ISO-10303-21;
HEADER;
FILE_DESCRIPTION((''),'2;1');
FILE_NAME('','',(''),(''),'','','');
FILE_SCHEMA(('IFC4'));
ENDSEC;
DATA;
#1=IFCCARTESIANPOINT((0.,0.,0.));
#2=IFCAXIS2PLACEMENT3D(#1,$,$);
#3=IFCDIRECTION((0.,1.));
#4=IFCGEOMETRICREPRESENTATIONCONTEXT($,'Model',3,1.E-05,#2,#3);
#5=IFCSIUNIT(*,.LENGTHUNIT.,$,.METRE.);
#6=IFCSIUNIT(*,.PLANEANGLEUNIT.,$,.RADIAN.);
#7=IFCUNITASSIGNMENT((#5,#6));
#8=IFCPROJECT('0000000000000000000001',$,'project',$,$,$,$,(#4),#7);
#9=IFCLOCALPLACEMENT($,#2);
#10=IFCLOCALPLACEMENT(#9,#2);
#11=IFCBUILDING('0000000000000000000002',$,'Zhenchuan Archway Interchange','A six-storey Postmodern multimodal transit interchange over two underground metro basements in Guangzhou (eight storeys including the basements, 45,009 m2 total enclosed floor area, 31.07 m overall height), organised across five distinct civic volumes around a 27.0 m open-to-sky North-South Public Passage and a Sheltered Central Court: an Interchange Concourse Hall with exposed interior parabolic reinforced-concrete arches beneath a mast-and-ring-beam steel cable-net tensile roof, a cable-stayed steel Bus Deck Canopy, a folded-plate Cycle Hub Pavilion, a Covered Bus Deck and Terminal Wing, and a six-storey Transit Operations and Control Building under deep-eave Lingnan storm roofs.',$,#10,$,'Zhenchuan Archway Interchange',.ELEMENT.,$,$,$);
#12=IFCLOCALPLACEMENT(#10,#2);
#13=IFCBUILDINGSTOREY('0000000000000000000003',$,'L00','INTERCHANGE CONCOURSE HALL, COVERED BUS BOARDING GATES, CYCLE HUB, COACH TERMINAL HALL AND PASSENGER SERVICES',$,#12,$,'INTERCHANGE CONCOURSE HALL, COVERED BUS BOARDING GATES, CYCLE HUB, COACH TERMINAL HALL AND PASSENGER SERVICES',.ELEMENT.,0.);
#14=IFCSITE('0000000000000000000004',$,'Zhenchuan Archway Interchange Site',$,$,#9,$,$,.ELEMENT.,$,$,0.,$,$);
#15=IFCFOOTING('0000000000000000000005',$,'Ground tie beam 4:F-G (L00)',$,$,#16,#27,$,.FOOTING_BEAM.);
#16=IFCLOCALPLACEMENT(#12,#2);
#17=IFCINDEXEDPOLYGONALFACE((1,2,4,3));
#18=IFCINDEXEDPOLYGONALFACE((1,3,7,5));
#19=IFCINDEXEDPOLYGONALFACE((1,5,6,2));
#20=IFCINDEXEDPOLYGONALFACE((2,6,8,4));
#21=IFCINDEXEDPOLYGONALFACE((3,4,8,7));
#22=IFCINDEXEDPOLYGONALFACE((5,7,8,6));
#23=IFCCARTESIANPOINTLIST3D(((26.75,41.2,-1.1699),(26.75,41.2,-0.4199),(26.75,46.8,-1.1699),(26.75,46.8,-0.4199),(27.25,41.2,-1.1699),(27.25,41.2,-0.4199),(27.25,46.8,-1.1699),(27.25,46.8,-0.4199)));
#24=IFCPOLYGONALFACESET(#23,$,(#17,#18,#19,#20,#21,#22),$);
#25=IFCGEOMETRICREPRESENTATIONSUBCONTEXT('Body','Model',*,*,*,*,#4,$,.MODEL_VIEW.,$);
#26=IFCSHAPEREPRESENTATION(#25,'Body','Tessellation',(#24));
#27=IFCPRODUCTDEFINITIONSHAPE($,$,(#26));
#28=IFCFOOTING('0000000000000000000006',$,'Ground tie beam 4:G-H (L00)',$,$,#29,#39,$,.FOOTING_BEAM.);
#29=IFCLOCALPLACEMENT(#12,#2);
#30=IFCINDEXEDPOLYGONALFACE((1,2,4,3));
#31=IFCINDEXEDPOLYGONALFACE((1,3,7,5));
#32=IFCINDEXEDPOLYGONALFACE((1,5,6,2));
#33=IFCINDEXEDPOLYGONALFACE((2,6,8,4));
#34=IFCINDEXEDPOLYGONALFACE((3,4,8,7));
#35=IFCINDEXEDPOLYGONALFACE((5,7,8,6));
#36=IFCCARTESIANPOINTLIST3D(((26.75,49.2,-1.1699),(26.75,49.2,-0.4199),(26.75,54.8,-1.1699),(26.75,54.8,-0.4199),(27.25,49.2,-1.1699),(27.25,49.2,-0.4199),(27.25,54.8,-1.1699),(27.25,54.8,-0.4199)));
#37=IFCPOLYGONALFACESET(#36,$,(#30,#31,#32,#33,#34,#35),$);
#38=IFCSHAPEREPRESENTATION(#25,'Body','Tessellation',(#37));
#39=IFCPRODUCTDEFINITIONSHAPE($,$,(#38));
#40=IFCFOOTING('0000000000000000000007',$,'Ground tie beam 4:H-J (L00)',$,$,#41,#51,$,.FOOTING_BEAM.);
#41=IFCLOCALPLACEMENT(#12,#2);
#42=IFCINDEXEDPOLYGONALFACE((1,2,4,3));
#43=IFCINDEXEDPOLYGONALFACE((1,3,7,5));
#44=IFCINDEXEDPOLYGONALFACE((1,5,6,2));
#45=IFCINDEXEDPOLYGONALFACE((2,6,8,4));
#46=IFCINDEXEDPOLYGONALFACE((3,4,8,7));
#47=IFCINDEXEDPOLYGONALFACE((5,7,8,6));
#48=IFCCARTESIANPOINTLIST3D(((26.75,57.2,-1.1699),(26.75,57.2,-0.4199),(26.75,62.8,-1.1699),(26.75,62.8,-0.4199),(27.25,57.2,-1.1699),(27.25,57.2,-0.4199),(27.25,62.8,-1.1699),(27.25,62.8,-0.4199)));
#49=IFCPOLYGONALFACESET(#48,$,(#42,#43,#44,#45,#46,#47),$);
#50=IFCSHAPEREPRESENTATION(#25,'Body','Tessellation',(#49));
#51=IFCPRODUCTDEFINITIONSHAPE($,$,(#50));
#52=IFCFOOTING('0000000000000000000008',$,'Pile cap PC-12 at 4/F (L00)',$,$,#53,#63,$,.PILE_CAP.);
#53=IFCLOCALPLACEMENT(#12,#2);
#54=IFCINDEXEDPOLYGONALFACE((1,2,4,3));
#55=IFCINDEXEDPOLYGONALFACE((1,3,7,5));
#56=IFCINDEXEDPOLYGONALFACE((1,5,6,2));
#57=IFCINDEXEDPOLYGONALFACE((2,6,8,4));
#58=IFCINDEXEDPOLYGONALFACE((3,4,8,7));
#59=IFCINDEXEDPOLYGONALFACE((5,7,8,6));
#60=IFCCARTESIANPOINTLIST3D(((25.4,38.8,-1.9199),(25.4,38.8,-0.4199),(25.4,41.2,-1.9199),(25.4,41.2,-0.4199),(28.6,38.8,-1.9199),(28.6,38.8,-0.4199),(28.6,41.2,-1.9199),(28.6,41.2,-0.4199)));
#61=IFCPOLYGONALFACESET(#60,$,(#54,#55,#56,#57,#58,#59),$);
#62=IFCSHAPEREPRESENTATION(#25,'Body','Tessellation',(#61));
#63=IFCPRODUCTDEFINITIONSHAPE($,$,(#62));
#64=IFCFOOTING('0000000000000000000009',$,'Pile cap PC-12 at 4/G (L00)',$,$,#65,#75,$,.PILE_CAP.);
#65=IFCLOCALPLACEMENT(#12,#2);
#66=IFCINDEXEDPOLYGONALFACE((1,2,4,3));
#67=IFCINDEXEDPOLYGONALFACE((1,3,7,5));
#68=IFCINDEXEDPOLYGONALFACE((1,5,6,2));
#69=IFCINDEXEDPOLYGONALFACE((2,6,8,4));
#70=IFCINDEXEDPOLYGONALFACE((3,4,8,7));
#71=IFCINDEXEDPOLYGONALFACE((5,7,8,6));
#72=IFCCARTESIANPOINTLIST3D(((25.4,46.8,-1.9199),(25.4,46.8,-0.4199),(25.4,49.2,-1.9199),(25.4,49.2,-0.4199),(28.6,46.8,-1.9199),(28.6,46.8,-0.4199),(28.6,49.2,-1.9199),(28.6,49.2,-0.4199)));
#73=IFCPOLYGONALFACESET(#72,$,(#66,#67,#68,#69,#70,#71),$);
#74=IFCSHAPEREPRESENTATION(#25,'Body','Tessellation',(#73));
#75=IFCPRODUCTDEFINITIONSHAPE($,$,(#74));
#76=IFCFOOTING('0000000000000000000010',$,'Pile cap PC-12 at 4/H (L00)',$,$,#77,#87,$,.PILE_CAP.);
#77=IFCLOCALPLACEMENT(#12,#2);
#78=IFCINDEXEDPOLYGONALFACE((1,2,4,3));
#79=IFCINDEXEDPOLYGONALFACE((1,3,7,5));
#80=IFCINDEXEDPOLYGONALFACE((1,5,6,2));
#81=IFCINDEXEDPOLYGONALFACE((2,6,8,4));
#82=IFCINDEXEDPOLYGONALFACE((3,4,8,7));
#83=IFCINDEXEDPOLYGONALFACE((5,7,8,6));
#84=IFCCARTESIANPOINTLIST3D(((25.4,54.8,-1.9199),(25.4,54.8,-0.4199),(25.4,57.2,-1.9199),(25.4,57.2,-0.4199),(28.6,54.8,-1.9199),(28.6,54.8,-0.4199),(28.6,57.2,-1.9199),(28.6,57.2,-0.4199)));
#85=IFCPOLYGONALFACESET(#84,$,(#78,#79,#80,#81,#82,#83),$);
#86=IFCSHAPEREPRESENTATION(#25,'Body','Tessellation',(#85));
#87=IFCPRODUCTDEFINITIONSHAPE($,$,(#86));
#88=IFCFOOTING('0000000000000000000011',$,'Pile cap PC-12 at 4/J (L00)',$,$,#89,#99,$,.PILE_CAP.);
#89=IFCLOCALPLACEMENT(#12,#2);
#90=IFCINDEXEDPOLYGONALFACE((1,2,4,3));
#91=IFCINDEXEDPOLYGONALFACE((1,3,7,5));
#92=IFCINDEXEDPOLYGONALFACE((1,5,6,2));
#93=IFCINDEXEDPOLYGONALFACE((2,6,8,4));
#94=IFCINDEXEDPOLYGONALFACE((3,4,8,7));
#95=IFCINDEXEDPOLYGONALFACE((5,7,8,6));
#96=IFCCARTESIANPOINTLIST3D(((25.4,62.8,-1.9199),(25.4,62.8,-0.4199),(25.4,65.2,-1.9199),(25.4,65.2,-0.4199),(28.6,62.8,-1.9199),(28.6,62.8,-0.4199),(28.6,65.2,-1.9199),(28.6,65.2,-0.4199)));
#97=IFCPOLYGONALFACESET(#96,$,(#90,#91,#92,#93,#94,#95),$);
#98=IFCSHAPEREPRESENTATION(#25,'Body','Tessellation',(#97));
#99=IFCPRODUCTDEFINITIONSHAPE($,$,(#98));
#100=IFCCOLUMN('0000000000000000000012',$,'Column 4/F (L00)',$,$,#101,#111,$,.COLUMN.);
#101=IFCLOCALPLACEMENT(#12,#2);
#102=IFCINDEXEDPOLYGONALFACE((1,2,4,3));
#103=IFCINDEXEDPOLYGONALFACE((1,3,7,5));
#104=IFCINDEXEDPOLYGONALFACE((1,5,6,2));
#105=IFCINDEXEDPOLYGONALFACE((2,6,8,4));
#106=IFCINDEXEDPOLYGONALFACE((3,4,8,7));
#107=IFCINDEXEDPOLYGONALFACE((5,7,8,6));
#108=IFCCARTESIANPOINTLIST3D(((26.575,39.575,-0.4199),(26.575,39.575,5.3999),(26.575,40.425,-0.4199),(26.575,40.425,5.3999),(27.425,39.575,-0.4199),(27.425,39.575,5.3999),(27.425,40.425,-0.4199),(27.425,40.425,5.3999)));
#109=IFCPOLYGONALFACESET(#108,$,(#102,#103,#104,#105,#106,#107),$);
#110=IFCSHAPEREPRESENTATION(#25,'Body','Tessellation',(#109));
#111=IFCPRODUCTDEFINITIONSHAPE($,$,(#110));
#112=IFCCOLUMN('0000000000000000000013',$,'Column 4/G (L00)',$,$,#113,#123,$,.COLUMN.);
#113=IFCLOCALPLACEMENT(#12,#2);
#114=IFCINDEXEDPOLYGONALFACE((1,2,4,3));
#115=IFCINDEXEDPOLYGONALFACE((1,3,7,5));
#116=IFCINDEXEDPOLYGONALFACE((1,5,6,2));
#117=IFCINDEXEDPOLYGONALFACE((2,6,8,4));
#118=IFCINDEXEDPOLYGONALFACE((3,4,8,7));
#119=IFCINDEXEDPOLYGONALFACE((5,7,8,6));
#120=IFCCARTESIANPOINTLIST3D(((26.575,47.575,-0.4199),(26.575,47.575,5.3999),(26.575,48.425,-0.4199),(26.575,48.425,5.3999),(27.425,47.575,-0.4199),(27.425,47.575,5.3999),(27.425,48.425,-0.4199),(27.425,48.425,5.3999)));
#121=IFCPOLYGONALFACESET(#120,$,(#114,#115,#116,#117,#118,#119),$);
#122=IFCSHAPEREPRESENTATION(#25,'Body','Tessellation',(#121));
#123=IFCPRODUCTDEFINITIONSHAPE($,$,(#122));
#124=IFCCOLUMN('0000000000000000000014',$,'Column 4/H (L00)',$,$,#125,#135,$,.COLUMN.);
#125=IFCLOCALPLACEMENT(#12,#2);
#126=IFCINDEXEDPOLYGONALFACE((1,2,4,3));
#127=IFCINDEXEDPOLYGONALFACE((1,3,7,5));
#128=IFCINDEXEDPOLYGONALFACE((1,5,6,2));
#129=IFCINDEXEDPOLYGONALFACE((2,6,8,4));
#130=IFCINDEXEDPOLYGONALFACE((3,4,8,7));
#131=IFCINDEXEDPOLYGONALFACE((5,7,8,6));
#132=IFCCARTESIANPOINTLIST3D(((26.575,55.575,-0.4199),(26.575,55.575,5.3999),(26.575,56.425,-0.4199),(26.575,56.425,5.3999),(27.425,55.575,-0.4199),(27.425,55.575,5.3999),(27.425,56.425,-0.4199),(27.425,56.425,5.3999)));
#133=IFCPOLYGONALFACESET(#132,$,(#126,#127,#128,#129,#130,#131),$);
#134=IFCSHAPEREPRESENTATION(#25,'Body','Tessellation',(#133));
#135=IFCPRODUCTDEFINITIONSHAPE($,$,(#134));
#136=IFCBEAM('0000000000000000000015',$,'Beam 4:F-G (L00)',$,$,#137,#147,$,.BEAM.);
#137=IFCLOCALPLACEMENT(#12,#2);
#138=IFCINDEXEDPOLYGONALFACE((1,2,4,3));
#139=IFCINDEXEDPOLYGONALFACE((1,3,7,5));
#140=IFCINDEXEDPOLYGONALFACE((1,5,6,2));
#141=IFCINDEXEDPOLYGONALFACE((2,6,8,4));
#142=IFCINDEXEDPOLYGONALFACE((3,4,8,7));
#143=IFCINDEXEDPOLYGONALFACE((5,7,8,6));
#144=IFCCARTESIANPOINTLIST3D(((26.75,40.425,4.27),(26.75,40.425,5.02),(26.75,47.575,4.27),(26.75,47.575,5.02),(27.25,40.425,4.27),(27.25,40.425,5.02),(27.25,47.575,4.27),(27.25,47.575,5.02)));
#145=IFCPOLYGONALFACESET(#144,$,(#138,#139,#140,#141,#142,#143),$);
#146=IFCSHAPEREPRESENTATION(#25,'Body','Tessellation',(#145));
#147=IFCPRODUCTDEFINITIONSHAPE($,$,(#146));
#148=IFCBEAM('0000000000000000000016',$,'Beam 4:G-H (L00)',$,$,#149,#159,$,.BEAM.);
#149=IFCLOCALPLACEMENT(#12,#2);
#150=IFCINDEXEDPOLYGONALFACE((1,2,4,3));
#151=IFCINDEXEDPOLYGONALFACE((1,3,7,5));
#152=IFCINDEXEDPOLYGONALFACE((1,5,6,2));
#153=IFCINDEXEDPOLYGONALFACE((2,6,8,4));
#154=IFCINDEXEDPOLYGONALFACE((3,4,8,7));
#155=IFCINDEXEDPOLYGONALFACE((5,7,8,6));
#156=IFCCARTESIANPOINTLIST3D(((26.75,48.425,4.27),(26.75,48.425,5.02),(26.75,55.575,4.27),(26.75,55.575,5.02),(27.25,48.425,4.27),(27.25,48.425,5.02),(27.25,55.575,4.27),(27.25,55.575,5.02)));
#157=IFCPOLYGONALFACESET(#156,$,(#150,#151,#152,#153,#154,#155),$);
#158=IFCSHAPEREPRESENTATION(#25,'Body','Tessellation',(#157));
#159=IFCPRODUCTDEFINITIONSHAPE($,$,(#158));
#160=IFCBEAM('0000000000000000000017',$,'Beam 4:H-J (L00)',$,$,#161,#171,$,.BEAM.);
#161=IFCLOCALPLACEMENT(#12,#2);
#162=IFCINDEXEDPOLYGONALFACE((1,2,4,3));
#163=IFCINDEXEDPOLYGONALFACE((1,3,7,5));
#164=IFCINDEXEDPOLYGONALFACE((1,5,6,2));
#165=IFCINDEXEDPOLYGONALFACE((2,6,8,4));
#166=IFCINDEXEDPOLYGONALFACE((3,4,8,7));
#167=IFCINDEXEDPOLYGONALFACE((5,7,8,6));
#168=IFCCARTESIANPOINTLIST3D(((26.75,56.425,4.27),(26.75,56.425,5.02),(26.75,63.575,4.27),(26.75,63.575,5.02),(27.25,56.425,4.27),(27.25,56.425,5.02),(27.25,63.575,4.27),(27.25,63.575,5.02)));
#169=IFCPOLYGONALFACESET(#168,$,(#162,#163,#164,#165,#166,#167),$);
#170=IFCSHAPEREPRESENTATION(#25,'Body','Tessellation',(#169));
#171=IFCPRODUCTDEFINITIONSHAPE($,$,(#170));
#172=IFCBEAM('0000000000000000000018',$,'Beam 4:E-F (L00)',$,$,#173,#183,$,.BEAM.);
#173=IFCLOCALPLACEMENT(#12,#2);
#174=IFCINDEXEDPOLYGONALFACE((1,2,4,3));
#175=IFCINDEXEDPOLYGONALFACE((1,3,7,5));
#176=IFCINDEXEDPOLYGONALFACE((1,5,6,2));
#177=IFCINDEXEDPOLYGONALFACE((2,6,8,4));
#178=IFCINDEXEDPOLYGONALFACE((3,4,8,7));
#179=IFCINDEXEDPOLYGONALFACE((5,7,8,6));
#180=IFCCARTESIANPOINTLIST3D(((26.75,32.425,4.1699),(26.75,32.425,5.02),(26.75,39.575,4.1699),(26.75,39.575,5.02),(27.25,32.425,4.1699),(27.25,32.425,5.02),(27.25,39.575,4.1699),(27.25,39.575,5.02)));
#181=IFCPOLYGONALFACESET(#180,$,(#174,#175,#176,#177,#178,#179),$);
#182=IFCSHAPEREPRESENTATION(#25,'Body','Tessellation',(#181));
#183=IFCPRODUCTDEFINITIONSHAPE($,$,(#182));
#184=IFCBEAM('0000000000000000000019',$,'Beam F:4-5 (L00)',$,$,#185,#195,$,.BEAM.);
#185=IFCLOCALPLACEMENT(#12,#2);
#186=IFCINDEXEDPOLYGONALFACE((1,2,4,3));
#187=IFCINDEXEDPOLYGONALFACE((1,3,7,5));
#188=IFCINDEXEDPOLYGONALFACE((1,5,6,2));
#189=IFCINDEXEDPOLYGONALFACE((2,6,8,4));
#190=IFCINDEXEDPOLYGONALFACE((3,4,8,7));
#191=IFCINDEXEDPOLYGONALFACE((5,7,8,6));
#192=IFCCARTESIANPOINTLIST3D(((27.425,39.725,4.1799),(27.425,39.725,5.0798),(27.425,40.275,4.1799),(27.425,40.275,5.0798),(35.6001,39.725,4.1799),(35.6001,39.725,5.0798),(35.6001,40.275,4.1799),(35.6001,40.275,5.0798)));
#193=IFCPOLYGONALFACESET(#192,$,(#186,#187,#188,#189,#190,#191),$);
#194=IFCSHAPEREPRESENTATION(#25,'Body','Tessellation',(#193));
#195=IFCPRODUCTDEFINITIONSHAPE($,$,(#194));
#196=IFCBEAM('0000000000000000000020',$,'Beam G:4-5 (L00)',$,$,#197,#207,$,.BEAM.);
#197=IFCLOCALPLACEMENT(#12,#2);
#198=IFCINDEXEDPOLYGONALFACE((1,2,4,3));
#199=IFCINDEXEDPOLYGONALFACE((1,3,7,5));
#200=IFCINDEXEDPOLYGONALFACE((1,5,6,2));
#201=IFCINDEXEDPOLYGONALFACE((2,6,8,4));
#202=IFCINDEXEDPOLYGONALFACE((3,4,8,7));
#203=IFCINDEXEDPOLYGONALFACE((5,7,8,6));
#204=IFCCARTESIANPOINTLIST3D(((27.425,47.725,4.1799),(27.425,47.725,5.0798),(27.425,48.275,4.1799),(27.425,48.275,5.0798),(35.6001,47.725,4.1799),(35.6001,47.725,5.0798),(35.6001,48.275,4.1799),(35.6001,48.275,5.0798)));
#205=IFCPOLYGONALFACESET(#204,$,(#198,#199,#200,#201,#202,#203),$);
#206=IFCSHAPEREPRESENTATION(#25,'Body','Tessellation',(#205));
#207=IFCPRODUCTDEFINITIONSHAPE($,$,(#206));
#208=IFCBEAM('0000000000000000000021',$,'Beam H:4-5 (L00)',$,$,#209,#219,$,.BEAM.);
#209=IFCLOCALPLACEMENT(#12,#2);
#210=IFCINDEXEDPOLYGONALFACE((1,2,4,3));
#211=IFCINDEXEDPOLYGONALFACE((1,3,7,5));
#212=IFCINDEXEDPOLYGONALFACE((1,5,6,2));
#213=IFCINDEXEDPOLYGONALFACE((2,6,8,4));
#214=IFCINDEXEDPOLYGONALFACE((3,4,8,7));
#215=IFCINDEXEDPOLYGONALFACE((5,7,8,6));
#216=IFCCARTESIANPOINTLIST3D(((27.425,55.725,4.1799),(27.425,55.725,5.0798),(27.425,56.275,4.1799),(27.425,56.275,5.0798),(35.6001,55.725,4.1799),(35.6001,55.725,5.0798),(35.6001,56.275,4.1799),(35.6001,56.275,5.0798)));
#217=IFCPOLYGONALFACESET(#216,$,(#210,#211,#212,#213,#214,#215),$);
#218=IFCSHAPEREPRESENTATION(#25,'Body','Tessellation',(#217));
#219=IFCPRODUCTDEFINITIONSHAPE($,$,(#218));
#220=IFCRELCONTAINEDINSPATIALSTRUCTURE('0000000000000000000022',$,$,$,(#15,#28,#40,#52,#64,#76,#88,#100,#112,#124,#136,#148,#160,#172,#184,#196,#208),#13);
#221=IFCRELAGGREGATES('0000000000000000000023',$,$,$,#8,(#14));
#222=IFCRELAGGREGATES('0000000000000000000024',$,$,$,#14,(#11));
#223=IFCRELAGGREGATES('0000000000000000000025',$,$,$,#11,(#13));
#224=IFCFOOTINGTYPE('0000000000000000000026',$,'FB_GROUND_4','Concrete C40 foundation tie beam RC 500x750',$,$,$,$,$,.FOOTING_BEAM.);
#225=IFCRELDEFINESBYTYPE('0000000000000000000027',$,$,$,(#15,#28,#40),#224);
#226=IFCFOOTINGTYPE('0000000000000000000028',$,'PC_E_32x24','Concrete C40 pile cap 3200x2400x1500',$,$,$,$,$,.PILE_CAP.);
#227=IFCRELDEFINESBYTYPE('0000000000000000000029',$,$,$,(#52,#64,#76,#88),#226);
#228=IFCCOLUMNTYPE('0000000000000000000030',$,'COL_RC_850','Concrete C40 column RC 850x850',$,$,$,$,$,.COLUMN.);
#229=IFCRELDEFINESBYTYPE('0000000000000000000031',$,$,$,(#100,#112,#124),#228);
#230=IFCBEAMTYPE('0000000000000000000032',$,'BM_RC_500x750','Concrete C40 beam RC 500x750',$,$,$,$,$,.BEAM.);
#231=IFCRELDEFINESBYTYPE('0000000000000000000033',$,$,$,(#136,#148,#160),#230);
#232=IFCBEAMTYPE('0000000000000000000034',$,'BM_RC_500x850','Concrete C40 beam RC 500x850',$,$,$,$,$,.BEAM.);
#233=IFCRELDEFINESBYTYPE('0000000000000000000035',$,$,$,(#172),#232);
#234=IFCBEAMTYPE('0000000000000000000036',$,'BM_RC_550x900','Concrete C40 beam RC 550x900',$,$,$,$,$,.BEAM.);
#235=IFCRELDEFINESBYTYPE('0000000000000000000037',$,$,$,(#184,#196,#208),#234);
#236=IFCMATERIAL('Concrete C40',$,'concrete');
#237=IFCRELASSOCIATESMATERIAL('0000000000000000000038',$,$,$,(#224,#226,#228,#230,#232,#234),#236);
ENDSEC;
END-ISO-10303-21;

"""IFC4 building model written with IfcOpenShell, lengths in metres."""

from ifc_helpers import new_model, si_unit, direction, frame, origin, origin_2d, place, context, subcontext, project, spatial, rectangle, extrude, material, material_profile, profile_set, type_object, element, save


model = new_model("IFC4")

# Units and contexts
model_context = context("Model", 3, precision=1e-05, world=origin(), true_north=direction((0.0, 1.0)))
body_context = subcontext(model_context, "Body", "Model", "MODEL_VIEW")
ifc_project = project(units=[si_unit("LENGTHUNIT", "METRE"), si_unit("PLANEANGLEUNIT", "RADIAN")], contexts=[model_context])

# Site, building, storey
site_placement = place(None, origin())
site = spatial("IfcSite", under=ifc_project, at=site_placement, Name="Zhenchuan Archway Interchange Site", CompositionType="ELEMENT", RefElevation=0.0)
building_placement = place(site_placement, origin())
building = spatial("IfcBuilding", under=site, at=building_placement, Name="Zhenchuan Archway Interchange", Description="A six-storey Postmodern multimodal transit interchange over two underground metro basements in Guangzhou (eight storeys including the basements, 45,009 m2 total enclosed floor area, 31.07 m overall height), organised across five distinct civic volumes around a 27.0 m open-to-sky North-South Public Passage and a Sheltered Central Court: an Interchange Concourse Hall with exposed interior parabolic reinforced-concrete arches beneath a mast-and-ring-beam steel cable-net tensile roof, a cable-stayed steel Bus Deck Canopy, a folded-plate Cycle Hub Pavilion, a Covered Bus Deck and Terminal Wing, and a six-storey Transit Operations and Control Building under deep-eave Lingnan storm roofs.", LongName="Zhenchuan Archway Interchange", CompositionType="ELEMENT")
storey_placement = place(building_placement, origin())
storey = spatial("IfcBuildingStorey", under=building, at=storey_placement, Name="L00", Description="INTERCHANGE CONCOURSE HALL, COVERED BUS BOARDING GATES, CYCLE HUB, COACH TERMINAL HALL AND PASSENGER SERVICES", LongName="INTERCHANGE CONCOURSE HALL, COVERED BUS BOARDING GATES, CYCLE HUB, COACH TERMINAL HALL AND PASSENGER SERVICES", CompositionType="ELEMENT", Elevation=0.0)

# Footings
ifc_material_1 = material(Name="Concrete C40", Category="concrete")
ifc_material_profile_1 = material_profile(ifc_material_1, rectangle(XDim=0.5, YDim=0.75, at=origin_2d()), Name="RC 500x750")
ifc_profile_set_1 = profile_set([ifc_material_profile_1], Name="Concrete C40")
footing_type_1 = type_object("IfcFootingType", Name="FB_GROUND_4", Description="Concrete C40 foundation tie beam RC 500x750", PredefinedType="FOOTING_BEAM", material=ifc_profile_set_1)
for number, where, z_axis, x_axis, name in (
    (1, (27.0, 41.2, -0.7949), (0.0, 1.0, 0.0), (-1.0, 0.0, 0.0), "Ground tie beam 4:F-G (L00)"),
    (2, (27.0, 49.2, -0.7949), (0.0, 1.0, 0.0), (-1.0, 0.0, 0.0), "Ground tie beam 4:G-H (L00)"),
    (3, (27.0, 57.2, -0.7949), (0.0, 1.0, 0.0), (-1.0, 0.0, 0.0), "Ground tie beam 4:H-J (L00)"),
):
    element("IfcFooting", number, at=place(storey_placement, frame(where, z_axis=z_axis, x_axis=x_axis)), inside=storey, type_object=footing_type_1, Name=name, PredefinedType="FOOTING_BEAM", context=body_context, shape_type="SweptSolid", body=[
        extrude(rectangle(XDim=0.5, YDim=0.75, at=origin_2d()), origin(), (0.0, 0.0, 1.0), 5.6001),
    ])
footing_type_2 = type_object("IfcFootingType", Name="PC_E_32x24", Description="Concrete C40 pile cap 3200x2400x1500", PredefinedType="PILE_CAP", material=ifc_material_1)
for number, where, z_axis, x_axis, name in (
    (4, (27.0, 40.0, -1.9199), (0.0, 0.0, 1.0), (1.0, 0.0, 0.0), "Pile cap PC-12 at 4/F (L00)"),
    (5, (27.0, 48.0, -1.9199), (0.0, 0.0, 1.0), (1.0, 0.0, 0.0), "Pile cap PC-12 at 4/G (L00)"),
    (6, (27.0, 56.0, -1.9199), (0.0, 0.0, 1.0), (1.0, 0.0, 0.0), "Pile cap PC-12 at 4/H (L00)"),
    (7, (27.0, 64.0, -1.9199), (0.0, 0.0, 1.0), (1.0, 0.0, 0.0), "Pile cap PC-12 at 4/J (L00)"),
):
    element("IfcFooting", number, at=place(storey_placement, frame(where, z_axis=z_axis, x_axis=x_axis)), inside=storey, type_object=footing_type_2, Name=name, PredefinedType="PILE_CAP", context=body_context, shape_type="SweptSolid", body=[
        extrude(rectangle(XDim=3.2, YDim=2.3999, at=origin_2d()), origin(), (0.0, 0.0, 1.0), 1.5),
    ])

# Columns
ifc_material_profile_2 = material_profile(ifc_material_1, rectangle(XDim=0.8501, YDim=0.8501, at=origin_2d()), Name="RC 850x850")
ifc_profile_set_2 = profile_set([ifc_material_profile_2], Name="Concrete C40")
column_type = type_object("IfcColumnType", Name="COL_RC_850", Description="Concrete C40 column RC 850x850", PredefinedType="COLUMN", material=ifc_profile_set_2)
for number, where, z_axis, x_axis, name in (
    (8, (27.0, 40.0, -0.4199), (0.0, 0.0, 1.0), (1.0, 0.0, 0.0), "Column 4/F (L00)"),
    (9, (27.0, 48.0, -0.4199), (0.0, 0.0, 1.0), (1.0, 0.0, 0.0), "Column 4/G (L00)"),
    (10, (27.0, 56.0, -0.4199), (0.0, 0.0, 1.0), (1.0, 0.0, 0.0), "Column 4/H (L00)"),
):
    element("IfcColumn", number, at=place(storey_placement, frame(where, z_axis=z_axis, x_axis=x_axis)), inside=storey, type_object=column_type, Name=name, PredefinedType="COLUMN", context=body_context, shape_type="SweptSolid", body=[
        extrude(rectangle(XDim=0.8501, YDim=0.8501, at=origin_2d()), origin(), (0.0, 0.0, 1.0), 5.8198),
    ])

# Beams
ifc_material_profile_3 = material_profile(ifc_material_1, rectangle(XDim=0.5, YDim=0.75, at=origin_2d()), Name="RC 500x750")
ifc_profile_set_3 = profile_set([ifc_material_profile_3], Name="Concrete C40")
beam_type_1 = type_object("IfcBeamType", Name="BM_RC_500x750", Description="Concrete C40 beam RC 500x750", PredefinedType="BEAM", material=ifc_profile_set_3)
for number, where, z_axis, x_axis, name in (
    (11, (27.0, 40.425, 4.645), (0.0, 1.0, 0.0), (-1.0, 0.0, 0.0), "Beam 4:F-G (L00)"),
    (12, (27.0, 48.425, 4.645), (0.0, 1.0, 0.0), (-1.0, 0.0, 0.0), "Beam 4:G-H (L00)"),
    (13, (27.0, 56.425, 4.645), (0.0, 1.0, 0.0), (-1.0, 0.0, 0.0), "Beam 4:H-J (L00)"),
):
    element("IfcBeam", number, at=place(storey_placement, frame(where, z_axis=z_axis, x_axis=x_axis)), inside=storey, type_object=beam_type_1, Name=name, PredefinedType="BEAM", context=body_context, shape_type="SweptSolid", body=[
        extrude(rectangle(XDim=0.5, YDim=0.75, at=origin_2d()), origin(), (0.0, 0.0, 1.0), 7.1499),
    ])
ifc_material_profile_4 = material_profile(ifc_material_1, rectangle(XDim=0.5, YDim=0.8501, at=origin_2d()), Name="RC 500x850")
ifc_profile_set_4 = profile_set([ifc_material_profile_4], Name="Concrete C40")
beam_type_2 = type_object("IfcBeamType", Name="BM_RC_500x850", Description="Concrete C40 beam RC 500x850", PredefinedType="BEAM", material=ifc_profile_set_4)
beam_placement = place(storey_placement, frame((27.0, 32.425, 4.595), z_axis=(0.0, 1.0, 0.0), x_axis=(-1.0, 0.0, 0.0)))
element("IfcBeam", 14, at=beam_placement, inside=storey, type_object=beam_type_2, Name="Beam 4:E-F (L00)", PredefinedType="BEAM", context=body_context, shape_type="SweptSolid", body=[
    extrude(rectangle(XDim=0.5, YDim=0.8501, at=origin_2d()), origin(), (0.0, 0.0, 1.0), 7.1499),
])
ifc_material_profile_5 = material_profile(ifc_material_1, rectangle(XDim=0.55, YDim=0.8999, at=origin_2d()), Name="RC 550x900")
ifc_profile_set_5 = profile_set([ifc_material_profile_5], Name="Concrete C40")
beam_type_3 = type_object("IfcBeamType", Name="BM_RC_550x900", Description="Concrete C40 beam RC 550x900", PredefinedType="BEAM", material=ifc_profile_set_5)
for number, where, z_axis, x_axis, name in (
    (15, (27.425, 40.0, 4.6299), (1.0, 0.0, 0.0), (0.0, 1.0, 0.0), "Beam F:4-5 (L00)"),
    (16, (27.425, 48.0, 4.6299), (1.0, 0.0, 0.0), (0.0, 1.0, 0.0), "Beam G:4-5 (L00)"),
    (17, (27.425, 56.0, 4.6299), (1.0, 0.0, 0.0), (0.0, 1.0, 0.0), "Beam H:4-5 (L00)"),
):
    element("IfcBeam", number, at=place(storey_placement, frame(where, z_axis=z_axis, x_axis=x_axis)), inside=storey, type_object=beam_type_3, Name=name, PredefinedType="BEAM", context=body_context, shape_type="SweptSolid", body=[
        extrude(rectangle(XDim=0.55, YDim=0.8999, at=origin_2d()), origin(), (0.0, 0.0, 1.0), 8.175),
    ])

save(model, "model.ifc")
